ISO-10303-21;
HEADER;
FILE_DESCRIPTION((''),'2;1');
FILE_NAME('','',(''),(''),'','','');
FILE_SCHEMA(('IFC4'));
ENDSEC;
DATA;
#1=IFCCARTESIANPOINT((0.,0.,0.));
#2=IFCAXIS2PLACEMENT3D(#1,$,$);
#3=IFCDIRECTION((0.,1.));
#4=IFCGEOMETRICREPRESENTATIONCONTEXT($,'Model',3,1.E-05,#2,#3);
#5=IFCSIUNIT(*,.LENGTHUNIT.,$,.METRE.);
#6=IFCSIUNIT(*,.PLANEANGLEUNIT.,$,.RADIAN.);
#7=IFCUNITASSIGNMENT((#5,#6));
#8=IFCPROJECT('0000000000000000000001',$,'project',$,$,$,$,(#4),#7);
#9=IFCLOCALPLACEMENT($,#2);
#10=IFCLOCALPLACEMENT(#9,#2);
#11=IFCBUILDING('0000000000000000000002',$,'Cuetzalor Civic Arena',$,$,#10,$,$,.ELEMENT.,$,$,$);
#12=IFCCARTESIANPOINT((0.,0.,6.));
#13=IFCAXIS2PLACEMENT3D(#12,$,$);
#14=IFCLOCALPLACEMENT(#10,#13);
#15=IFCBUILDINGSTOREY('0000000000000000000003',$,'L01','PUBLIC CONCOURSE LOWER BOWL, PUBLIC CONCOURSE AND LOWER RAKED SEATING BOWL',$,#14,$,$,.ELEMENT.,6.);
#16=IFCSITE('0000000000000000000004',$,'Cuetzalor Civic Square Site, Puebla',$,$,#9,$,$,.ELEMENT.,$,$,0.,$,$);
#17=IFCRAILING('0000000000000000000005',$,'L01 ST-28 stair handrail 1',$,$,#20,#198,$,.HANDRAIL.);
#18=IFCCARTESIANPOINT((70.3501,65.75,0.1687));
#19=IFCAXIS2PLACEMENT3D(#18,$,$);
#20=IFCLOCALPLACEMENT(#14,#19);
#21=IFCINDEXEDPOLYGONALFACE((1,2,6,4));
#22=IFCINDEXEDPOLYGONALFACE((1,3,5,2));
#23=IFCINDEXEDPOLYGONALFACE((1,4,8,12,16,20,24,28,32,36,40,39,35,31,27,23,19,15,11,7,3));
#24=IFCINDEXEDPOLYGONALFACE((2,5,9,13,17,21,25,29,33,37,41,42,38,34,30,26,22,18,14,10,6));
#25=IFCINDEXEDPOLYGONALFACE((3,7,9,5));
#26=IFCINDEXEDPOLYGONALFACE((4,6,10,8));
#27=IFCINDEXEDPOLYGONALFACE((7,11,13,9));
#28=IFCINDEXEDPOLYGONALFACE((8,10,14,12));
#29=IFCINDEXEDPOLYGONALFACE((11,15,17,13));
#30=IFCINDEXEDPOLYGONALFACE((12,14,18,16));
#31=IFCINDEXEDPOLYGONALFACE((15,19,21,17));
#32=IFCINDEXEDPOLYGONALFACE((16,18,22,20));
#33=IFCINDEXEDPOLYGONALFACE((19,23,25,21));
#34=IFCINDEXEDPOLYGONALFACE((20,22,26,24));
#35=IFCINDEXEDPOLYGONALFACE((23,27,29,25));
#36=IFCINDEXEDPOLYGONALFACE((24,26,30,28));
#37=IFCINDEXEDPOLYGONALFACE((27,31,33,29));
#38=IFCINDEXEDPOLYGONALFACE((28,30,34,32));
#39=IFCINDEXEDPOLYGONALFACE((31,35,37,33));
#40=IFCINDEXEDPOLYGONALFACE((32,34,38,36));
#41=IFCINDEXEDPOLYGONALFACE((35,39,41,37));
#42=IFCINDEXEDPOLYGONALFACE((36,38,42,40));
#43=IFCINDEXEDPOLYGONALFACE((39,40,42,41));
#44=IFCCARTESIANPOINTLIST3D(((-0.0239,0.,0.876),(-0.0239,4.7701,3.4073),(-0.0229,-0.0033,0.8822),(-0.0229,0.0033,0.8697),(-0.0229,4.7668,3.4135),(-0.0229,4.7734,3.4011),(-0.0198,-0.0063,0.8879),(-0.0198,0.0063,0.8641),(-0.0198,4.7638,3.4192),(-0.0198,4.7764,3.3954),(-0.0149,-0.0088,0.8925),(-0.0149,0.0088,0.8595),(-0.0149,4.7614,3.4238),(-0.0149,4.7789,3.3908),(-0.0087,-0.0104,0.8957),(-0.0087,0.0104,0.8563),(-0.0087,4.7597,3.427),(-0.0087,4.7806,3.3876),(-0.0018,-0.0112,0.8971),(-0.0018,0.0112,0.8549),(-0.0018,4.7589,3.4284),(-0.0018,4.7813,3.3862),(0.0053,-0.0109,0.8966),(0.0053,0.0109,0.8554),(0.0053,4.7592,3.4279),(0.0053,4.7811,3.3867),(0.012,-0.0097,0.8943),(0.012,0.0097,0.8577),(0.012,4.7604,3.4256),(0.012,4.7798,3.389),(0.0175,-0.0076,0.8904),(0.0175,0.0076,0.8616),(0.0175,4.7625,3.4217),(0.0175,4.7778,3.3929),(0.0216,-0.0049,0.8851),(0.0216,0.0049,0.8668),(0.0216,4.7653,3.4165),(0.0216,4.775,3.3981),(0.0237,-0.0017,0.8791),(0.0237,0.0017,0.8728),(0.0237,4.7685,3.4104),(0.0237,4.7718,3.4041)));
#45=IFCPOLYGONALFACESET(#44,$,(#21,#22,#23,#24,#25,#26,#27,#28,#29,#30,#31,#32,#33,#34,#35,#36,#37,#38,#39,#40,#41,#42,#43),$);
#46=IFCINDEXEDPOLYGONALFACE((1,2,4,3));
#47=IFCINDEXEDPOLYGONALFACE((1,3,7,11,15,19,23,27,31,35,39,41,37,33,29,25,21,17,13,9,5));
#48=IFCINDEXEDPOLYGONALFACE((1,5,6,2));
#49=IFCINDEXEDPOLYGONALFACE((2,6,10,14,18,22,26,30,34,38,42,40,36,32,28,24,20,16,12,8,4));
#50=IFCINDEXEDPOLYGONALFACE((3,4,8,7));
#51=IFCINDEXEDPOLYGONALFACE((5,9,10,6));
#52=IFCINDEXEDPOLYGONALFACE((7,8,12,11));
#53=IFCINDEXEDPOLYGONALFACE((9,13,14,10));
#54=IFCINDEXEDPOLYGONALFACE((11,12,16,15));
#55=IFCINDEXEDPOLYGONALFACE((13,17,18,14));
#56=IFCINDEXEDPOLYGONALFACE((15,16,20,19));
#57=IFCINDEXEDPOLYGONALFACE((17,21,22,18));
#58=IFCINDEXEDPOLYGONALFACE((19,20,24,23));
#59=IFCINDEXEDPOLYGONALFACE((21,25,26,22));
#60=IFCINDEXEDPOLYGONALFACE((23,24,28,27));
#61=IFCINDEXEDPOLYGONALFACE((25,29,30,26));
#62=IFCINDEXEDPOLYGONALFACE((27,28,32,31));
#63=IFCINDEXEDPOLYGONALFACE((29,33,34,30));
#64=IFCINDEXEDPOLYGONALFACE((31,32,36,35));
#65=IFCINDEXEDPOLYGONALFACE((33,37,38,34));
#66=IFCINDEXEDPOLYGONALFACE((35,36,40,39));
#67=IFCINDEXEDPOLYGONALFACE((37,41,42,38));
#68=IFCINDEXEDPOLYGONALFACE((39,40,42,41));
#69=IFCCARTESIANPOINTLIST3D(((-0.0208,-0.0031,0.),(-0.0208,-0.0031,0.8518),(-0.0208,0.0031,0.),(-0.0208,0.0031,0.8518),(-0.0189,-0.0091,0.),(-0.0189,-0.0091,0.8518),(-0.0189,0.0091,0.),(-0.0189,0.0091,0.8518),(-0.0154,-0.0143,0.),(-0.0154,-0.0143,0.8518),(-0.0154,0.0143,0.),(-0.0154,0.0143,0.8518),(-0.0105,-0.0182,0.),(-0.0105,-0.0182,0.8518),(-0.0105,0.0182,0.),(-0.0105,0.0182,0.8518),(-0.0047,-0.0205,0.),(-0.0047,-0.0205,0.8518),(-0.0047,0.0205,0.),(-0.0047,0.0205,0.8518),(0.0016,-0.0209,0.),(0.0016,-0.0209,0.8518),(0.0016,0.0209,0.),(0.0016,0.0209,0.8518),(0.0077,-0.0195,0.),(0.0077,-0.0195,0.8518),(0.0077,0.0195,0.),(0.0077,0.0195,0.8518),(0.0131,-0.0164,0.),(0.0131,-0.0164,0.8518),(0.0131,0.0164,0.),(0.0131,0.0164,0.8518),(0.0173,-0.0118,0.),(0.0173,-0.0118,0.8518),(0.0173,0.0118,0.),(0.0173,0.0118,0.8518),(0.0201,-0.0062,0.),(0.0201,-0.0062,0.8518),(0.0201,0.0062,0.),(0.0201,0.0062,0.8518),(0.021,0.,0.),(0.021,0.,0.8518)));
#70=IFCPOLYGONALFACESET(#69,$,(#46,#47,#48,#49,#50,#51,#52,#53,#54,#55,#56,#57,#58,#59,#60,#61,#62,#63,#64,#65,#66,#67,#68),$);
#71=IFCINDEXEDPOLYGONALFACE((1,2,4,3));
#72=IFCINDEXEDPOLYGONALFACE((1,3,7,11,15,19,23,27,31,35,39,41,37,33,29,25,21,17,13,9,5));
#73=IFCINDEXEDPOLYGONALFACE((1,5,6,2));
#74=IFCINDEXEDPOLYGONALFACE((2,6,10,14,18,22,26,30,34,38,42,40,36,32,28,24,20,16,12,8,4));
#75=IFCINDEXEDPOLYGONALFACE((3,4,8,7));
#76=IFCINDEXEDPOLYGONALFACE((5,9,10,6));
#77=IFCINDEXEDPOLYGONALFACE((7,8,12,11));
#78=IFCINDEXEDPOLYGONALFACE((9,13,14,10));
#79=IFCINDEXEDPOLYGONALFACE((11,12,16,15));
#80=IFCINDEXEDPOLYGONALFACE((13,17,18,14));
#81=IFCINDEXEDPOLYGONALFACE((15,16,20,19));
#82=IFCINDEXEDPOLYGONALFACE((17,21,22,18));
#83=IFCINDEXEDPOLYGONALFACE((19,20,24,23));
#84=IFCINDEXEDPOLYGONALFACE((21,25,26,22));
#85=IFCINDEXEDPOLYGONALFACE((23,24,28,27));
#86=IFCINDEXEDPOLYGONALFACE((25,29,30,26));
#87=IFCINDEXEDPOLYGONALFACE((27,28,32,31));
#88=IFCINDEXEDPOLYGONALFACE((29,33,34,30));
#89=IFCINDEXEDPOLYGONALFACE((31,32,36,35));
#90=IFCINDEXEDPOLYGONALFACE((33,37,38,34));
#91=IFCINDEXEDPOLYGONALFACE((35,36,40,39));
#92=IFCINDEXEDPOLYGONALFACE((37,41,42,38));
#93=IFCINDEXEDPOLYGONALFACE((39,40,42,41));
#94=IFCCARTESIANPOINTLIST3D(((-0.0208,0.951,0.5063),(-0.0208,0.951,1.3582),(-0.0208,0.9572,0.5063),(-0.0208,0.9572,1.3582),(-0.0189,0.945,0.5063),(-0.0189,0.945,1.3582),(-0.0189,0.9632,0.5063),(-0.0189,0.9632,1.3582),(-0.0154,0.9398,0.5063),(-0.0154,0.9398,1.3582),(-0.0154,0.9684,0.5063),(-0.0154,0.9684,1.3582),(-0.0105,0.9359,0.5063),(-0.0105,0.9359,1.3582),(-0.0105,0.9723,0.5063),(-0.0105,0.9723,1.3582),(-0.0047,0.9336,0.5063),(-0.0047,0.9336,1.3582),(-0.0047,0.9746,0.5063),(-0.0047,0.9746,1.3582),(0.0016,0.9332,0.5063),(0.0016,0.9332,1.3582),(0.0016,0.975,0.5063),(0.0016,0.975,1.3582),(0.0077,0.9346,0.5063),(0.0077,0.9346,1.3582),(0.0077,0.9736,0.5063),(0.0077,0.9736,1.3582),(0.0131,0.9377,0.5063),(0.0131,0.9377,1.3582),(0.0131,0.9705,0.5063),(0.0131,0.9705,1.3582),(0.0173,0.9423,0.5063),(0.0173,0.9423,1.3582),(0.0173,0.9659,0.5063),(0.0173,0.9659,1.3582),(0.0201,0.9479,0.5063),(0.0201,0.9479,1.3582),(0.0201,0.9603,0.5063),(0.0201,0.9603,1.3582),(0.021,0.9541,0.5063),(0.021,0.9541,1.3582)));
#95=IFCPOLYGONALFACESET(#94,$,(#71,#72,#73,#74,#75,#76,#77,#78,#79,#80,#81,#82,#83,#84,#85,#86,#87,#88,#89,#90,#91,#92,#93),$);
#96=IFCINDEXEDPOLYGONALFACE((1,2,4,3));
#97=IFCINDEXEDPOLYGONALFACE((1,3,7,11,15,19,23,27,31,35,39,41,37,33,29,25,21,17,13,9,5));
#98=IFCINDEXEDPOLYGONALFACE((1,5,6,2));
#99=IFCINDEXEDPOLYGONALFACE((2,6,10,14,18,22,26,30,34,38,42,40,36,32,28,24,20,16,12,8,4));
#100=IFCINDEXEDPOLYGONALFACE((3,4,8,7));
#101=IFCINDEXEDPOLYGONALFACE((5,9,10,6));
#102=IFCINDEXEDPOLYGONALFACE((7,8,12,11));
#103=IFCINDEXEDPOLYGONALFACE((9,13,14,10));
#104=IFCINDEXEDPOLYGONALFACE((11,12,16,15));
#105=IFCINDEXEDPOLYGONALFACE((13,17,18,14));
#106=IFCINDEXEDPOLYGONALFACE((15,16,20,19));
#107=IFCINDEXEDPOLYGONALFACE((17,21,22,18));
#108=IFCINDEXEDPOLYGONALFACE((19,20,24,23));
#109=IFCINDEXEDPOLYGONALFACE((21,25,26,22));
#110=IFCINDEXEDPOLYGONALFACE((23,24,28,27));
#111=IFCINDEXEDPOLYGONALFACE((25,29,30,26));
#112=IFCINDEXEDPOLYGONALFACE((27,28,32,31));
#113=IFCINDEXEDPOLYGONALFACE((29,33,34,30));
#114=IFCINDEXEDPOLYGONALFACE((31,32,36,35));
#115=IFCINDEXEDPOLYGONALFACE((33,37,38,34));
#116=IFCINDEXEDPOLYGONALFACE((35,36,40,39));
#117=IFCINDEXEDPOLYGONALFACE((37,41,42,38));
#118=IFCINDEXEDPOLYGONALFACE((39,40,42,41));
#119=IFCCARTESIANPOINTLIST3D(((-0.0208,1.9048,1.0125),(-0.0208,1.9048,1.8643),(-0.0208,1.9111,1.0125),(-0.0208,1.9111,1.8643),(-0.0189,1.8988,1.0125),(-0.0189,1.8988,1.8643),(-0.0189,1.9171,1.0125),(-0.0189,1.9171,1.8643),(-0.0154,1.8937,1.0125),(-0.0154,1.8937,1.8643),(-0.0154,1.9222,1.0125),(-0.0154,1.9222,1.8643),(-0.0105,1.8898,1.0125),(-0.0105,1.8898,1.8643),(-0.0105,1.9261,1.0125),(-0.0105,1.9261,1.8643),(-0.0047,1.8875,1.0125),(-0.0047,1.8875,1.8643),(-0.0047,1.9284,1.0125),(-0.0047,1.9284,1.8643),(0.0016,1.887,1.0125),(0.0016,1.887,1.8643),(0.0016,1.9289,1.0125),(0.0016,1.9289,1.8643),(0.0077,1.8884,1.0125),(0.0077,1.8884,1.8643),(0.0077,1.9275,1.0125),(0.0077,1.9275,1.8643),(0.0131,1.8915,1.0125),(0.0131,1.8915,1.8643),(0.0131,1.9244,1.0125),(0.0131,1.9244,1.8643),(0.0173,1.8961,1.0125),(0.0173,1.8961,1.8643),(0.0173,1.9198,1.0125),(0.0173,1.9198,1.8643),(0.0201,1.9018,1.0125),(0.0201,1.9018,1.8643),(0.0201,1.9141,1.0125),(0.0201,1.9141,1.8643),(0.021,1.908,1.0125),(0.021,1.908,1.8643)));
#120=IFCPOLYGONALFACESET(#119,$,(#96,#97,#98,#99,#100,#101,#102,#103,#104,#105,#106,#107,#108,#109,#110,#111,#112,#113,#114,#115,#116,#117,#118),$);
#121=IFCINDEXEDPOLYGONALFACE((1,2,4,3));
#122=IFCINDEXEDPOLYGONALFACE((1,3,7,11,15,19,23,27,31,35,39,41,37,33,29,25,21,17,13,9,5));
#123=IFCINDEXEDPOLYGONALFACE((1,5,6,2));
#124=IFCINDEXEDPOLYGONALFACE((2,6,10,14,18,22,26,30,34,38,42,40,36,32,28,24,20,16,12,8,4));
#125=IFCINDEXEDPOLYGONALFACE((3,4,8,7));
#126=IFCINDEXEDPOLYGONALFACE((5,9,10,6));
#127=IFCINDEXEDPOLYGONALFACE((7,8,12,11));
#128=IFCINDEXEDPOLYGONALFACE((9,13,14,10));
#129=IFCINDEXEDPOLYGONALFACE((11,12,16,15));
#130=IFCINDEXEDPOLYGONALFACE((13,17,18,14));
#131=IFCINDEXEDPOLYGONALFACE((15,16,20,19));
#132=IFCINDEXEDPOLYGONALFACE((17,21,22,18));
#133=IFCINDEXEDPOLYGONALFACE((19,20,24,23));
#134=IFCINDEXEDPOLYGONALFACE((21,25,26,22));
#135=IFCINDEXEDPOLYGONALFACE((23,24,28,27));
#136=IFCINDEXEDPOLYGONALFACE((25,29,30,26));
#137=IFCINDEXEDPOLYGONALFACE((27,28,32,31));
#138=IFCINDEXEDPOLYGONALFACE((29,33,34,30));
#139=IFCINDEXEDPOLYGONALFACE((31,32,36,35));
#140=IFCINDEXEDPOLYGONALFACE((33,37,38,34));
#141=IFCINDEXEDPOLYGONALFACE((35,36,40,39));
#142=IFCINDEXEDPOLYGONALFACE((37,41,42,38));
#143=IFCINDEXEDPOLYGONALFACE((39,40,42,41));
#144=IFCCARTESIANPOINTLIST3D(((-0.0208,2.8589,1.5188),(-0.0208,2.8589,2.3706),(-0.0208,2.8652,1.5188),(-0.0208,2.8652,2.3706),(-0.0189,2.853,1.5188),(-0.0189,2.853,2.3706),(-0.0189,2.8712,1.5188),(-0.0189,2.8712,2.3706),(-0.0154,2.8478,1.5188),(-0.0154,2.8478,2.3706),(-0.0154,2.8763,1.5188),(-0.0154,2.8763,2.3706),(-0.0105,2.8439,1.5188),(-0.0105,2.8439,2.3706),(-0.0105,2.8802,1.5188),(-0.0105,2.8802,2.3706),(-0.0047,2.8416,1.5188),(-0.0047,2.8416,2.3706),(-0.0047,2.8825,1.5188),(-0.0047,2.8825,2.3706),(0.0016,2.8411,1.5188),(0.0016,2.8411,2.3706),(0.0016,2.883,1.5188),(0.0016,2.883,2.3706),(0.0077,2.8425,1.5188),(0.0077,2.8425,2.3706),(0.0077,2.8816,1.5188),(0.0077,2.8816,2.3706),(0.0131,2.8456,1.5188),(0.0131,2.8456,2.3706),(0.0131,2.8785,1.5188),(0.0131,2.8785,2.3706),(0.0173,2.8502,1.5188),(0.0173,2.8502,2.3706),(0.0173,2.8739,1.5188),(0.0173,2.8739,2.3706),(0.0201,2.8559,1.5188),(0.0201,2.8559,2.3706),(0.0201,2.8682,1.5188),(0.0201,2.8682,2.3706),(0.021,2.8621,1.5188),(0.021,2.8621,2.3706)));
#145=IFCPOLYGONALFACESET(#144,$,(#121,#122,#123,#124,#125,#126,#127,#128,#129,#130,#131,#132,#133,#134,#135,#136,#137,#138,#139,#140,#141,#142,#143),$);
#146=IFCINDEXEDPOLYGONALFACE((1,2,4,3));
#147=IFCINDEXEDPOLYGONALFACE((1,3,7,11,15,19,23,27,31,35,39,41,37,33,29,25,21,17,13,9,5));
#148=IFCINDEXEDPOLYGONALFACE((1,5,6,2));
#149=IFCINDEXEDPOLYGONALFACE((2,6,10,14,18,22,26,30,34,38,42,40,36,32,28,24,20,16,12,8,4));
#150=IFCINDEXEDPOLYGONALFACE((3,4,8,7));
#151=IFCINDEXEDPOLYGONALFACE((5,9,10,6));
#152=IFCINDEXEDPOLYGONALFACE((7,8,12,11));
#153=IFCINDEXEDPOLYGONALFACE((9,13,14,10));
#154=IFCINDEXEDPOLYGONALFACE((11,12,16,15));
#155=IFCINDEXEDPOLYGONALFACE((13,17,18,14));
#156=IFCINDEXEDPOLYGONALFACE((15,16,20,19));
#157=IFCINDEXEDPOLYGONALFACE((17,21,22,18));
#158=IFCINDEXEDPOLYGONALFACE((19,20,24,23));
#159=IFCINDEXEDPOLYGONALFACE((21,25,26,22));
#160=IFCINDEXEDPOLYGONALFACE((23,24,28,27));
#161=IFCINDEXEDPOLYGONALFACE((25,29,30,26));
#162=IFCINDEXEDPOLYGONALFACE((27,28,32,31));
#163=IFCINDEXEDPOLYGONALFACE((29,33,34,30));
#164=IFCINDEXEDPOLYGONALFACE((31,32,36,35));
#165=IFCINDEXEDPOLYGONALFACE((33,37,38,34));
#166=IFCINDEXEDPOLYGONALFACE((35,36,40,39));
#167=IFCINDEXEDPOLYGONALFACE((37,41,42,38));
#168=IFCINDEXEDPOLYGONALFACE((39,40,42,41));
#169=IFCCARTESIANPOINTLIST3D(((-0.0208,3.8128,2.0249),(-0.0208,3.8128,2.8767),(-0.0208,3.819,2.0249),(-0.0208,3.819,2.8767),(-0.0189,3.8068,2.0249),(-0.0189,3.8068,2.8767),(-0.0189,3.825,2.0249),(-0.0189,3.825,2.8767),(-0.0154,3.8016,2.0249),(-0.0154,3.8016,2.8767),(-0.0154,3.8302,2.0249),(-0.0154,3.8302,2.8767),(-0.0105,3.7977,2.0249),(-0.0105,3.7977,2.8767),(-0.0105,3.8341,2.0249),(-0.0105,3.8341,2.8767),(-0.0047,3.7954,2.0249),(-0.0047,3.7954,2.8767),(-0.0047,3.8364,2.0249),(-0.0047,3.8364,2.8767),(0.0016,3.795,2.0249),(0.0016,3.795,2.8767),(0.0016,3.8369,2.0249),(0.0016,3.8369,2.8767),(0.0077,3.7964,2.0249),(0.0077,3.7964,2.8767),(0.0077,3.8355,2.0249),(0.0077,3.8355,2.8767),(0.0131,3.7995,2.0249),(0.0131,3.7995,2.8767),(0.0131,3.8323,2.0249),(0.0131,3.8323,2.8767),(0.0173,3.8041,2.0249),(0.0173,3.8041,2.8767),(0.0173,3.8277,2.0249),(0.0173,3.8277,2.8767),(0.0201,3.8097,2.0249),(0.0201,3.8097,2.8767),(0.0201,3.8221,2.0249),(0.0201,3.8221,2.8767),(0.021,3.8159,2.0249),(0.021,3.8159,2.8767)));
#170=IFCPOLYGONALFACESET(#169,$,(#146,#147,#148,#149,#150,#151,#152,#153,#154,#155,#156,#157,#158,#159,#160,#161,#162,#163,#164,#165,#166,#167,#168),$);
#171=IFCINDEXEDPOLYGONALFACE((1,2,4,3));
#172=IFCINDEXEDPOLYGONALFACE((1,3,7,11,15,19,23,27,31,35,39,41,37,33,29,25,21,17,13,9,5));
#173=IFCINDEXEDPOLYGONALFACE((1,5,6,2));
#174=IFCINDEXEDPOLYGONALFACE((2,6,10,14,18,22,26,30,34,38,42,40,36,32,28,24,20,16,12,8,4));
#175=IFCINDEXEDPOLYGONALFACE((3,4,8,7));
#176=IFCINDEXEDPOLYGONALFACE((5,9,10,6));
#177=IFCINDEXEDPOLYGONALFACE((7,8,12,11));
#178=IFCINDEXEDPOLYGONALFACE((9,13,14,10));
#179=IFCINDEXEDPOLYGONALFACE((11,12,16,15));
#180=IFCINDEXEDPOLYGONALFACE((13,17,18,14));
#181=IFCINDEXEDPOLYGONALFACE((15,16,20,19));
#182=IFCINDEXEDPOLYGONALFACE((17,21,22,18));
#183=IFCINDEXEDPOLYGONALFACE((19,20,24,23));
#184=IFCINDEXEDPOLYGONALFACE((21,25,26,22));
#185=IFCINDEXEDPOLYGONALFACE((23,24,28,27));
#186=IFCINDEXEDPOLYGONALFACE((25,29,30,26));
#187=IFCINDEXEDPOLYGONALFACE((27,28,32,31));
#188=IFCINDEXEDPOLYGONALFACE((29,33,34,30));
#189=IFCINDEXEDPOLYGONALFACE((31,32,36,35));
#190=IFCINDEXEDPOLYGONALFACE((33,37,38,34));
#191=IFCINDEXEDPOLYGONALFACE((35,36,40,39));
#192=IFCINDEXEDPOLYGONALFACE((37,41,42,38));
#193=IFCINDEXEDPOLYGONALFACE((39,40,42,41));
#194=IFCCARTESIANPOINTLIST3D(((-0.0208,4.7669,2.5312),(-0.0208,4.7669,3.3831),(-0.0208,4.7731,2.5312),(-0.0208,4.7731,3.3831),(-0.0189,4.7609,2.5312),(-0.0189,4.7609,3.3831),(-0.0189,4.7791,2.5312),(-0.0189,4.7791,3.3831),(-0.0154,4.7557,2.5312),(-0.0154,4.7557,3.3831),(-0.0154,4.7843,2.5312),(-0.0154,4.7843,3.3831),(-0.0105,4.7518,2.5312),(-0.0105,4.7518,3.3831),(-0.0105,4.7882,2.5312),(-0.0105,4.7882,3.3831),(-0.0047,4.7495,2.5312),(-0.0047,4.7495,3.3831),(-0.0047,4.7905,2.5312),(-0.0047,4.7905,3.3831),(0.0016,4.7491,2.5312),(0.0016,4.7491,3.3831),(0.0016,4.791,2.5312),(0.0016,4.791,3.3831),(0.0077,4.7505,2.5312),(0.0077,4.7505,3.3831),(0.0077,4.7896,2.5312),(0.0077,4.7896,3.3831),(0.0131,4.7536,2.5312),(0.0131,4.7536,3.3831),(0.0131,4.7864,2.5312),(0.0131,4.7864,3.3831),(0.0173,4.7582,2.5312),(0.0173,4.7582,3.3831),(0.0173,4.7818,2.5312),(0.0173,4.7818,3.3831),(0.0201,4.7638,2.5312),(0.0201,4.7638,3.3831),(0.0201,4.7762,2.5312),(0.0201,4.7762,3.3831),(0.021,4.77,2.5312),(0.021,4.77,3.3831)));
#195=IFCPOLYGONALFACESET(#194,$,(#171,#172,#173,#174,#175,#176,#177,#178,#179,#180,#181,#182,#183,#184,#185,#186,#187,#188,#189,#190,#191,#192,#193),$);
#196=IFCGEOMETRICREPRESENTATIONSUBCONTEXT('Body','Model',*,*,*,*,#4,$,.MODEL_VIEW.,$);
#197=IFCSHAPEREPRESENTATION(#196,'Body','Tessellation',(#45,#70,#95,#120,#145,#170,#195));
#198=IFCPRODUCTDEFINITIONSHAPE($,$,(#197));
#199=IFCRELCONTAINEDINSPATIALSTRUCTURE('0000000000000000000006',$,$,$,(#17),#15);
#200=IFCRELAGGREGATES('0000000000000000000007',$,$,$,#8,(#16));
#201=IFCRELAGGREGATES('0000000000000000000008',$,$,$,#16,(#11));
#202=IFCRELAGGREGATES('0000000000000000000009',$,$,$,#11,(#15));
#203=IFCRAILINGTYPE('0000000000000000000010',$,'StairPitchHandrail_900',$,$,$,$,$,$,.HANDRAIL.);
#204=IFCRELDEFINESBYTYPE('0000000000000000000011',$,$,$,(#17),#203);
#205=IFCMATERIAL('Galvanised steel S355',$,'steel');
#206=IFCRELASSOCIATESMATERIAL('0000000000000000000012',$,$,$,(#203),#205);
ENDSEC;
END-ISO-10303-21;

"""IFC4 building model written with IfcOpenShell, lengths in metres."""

from ifc_helpers import new_model, si_unit, direction, frame, origin, origin_2d, place, context, subcontext, project, spatial, circle, extrude, material, type_object, element, save


model = new_model("IFC4")

# Units and contexts
model_context = context("Model", 3, precision=1e-05, world=origin(), true_north=direction((0.0, 1.0)))
body_context = subcontext(model_context, "Body", "Model", "MODEL_VIEW")
ifc_project = project(units=[si_unit("LENGTHUNIT", "METRE"), si_unit("PLANEANGLEUNIT", "RADIAN")], contexts=[model_context])

# Site, building, storey
site_placement = place(None, origin())
site = spatial("IfcSite", under=ifc_project, at=site_placement, Name="Cuetzalor Civic Square Site, Puebla", CompositionType="ELEMENT", RefElevation=0.0)
building_placement = place(site_placement, origin())
building = spatial("IfcBuilding", under=site, at=building_placement, Name="Cuetzalor Civic Arena", CompositionType="ELEMENT")
storey_placement = place(building_placement, frame((0.0, 0.0, 6.0)))
storey = spatial("IfcBuildingStorey", under=building, at=storey_placement, Name="L01", Description="PUBLIC CONCOURSE LOWER BOWL, PUBLIC CONCOURSE AND LOWER RAKED SEATING BOWL", CompositionType="ELEMENT", Elevation=6.0)

# Railing
ifc_material_1 = material(Name="Galvanised steel S355", Category="steel")
railing_type_1 = type_object("IfcRailingType", Name="StairPitchHandrail_900", PredefinedType="HANDRAIL", material=ifc_material_1)
railing_1_placement = place(storey_placement, frame((70.3501, 65.75, 0.1687)))
element("IfcRailing", 1, at=railing_1_placement, inside=storey, type_object=railing_type_1, Name="L01 ST-28 stair handrail 1", PredefinedType="HANDRAIL", context=body_context, shape_type="SweptSolid", body=[
    extrude(circle(Radius=0.0239, at=origin_2d()), frame((0.0, 0.0, 0.876), z_axis=(0.0, 0.883332, 0.468747), x_axis=(-1.0, 0.0, 0.0)), (0.0, 0.0, 1.0), 5.4001),
    extrude(circle(Radius=0.021, at=origin_2d()), origin(), (0.0, 0.0, 1.0), 0.8518),
    extrude(circle(Radius=0.021, at=origin_2d()), frame((0.0, 0.9541, 0.5063)), (0.0, 0.0, 1.0), 0.8518),
    extrude(circle(Radius=0.021, at=origin_2d()), frame((0.0, 1.908, 1.0125)), (0.0, 0.0, 1.0), 0.8518),
    extrude(circle(Radius=0.021, at=origin_2d()), frame((0.0, 2.8621, 1.5188)), (0.0, 0.0, 1.0), 0.8518),
    extrude(circle(Radius=0.021, at=origin_2d()), frame((0.0, 3.8159, 2.0249)), (0.0, 0.0, 1.0), 0.8518),
    extrude(circle(Radius=0.021, at=origin_2d()), frame((0.0, 4.77, 2.5312)), (0.0, 0.0, 1.0), 0.8518),
])

save(model, "model.ifc")
